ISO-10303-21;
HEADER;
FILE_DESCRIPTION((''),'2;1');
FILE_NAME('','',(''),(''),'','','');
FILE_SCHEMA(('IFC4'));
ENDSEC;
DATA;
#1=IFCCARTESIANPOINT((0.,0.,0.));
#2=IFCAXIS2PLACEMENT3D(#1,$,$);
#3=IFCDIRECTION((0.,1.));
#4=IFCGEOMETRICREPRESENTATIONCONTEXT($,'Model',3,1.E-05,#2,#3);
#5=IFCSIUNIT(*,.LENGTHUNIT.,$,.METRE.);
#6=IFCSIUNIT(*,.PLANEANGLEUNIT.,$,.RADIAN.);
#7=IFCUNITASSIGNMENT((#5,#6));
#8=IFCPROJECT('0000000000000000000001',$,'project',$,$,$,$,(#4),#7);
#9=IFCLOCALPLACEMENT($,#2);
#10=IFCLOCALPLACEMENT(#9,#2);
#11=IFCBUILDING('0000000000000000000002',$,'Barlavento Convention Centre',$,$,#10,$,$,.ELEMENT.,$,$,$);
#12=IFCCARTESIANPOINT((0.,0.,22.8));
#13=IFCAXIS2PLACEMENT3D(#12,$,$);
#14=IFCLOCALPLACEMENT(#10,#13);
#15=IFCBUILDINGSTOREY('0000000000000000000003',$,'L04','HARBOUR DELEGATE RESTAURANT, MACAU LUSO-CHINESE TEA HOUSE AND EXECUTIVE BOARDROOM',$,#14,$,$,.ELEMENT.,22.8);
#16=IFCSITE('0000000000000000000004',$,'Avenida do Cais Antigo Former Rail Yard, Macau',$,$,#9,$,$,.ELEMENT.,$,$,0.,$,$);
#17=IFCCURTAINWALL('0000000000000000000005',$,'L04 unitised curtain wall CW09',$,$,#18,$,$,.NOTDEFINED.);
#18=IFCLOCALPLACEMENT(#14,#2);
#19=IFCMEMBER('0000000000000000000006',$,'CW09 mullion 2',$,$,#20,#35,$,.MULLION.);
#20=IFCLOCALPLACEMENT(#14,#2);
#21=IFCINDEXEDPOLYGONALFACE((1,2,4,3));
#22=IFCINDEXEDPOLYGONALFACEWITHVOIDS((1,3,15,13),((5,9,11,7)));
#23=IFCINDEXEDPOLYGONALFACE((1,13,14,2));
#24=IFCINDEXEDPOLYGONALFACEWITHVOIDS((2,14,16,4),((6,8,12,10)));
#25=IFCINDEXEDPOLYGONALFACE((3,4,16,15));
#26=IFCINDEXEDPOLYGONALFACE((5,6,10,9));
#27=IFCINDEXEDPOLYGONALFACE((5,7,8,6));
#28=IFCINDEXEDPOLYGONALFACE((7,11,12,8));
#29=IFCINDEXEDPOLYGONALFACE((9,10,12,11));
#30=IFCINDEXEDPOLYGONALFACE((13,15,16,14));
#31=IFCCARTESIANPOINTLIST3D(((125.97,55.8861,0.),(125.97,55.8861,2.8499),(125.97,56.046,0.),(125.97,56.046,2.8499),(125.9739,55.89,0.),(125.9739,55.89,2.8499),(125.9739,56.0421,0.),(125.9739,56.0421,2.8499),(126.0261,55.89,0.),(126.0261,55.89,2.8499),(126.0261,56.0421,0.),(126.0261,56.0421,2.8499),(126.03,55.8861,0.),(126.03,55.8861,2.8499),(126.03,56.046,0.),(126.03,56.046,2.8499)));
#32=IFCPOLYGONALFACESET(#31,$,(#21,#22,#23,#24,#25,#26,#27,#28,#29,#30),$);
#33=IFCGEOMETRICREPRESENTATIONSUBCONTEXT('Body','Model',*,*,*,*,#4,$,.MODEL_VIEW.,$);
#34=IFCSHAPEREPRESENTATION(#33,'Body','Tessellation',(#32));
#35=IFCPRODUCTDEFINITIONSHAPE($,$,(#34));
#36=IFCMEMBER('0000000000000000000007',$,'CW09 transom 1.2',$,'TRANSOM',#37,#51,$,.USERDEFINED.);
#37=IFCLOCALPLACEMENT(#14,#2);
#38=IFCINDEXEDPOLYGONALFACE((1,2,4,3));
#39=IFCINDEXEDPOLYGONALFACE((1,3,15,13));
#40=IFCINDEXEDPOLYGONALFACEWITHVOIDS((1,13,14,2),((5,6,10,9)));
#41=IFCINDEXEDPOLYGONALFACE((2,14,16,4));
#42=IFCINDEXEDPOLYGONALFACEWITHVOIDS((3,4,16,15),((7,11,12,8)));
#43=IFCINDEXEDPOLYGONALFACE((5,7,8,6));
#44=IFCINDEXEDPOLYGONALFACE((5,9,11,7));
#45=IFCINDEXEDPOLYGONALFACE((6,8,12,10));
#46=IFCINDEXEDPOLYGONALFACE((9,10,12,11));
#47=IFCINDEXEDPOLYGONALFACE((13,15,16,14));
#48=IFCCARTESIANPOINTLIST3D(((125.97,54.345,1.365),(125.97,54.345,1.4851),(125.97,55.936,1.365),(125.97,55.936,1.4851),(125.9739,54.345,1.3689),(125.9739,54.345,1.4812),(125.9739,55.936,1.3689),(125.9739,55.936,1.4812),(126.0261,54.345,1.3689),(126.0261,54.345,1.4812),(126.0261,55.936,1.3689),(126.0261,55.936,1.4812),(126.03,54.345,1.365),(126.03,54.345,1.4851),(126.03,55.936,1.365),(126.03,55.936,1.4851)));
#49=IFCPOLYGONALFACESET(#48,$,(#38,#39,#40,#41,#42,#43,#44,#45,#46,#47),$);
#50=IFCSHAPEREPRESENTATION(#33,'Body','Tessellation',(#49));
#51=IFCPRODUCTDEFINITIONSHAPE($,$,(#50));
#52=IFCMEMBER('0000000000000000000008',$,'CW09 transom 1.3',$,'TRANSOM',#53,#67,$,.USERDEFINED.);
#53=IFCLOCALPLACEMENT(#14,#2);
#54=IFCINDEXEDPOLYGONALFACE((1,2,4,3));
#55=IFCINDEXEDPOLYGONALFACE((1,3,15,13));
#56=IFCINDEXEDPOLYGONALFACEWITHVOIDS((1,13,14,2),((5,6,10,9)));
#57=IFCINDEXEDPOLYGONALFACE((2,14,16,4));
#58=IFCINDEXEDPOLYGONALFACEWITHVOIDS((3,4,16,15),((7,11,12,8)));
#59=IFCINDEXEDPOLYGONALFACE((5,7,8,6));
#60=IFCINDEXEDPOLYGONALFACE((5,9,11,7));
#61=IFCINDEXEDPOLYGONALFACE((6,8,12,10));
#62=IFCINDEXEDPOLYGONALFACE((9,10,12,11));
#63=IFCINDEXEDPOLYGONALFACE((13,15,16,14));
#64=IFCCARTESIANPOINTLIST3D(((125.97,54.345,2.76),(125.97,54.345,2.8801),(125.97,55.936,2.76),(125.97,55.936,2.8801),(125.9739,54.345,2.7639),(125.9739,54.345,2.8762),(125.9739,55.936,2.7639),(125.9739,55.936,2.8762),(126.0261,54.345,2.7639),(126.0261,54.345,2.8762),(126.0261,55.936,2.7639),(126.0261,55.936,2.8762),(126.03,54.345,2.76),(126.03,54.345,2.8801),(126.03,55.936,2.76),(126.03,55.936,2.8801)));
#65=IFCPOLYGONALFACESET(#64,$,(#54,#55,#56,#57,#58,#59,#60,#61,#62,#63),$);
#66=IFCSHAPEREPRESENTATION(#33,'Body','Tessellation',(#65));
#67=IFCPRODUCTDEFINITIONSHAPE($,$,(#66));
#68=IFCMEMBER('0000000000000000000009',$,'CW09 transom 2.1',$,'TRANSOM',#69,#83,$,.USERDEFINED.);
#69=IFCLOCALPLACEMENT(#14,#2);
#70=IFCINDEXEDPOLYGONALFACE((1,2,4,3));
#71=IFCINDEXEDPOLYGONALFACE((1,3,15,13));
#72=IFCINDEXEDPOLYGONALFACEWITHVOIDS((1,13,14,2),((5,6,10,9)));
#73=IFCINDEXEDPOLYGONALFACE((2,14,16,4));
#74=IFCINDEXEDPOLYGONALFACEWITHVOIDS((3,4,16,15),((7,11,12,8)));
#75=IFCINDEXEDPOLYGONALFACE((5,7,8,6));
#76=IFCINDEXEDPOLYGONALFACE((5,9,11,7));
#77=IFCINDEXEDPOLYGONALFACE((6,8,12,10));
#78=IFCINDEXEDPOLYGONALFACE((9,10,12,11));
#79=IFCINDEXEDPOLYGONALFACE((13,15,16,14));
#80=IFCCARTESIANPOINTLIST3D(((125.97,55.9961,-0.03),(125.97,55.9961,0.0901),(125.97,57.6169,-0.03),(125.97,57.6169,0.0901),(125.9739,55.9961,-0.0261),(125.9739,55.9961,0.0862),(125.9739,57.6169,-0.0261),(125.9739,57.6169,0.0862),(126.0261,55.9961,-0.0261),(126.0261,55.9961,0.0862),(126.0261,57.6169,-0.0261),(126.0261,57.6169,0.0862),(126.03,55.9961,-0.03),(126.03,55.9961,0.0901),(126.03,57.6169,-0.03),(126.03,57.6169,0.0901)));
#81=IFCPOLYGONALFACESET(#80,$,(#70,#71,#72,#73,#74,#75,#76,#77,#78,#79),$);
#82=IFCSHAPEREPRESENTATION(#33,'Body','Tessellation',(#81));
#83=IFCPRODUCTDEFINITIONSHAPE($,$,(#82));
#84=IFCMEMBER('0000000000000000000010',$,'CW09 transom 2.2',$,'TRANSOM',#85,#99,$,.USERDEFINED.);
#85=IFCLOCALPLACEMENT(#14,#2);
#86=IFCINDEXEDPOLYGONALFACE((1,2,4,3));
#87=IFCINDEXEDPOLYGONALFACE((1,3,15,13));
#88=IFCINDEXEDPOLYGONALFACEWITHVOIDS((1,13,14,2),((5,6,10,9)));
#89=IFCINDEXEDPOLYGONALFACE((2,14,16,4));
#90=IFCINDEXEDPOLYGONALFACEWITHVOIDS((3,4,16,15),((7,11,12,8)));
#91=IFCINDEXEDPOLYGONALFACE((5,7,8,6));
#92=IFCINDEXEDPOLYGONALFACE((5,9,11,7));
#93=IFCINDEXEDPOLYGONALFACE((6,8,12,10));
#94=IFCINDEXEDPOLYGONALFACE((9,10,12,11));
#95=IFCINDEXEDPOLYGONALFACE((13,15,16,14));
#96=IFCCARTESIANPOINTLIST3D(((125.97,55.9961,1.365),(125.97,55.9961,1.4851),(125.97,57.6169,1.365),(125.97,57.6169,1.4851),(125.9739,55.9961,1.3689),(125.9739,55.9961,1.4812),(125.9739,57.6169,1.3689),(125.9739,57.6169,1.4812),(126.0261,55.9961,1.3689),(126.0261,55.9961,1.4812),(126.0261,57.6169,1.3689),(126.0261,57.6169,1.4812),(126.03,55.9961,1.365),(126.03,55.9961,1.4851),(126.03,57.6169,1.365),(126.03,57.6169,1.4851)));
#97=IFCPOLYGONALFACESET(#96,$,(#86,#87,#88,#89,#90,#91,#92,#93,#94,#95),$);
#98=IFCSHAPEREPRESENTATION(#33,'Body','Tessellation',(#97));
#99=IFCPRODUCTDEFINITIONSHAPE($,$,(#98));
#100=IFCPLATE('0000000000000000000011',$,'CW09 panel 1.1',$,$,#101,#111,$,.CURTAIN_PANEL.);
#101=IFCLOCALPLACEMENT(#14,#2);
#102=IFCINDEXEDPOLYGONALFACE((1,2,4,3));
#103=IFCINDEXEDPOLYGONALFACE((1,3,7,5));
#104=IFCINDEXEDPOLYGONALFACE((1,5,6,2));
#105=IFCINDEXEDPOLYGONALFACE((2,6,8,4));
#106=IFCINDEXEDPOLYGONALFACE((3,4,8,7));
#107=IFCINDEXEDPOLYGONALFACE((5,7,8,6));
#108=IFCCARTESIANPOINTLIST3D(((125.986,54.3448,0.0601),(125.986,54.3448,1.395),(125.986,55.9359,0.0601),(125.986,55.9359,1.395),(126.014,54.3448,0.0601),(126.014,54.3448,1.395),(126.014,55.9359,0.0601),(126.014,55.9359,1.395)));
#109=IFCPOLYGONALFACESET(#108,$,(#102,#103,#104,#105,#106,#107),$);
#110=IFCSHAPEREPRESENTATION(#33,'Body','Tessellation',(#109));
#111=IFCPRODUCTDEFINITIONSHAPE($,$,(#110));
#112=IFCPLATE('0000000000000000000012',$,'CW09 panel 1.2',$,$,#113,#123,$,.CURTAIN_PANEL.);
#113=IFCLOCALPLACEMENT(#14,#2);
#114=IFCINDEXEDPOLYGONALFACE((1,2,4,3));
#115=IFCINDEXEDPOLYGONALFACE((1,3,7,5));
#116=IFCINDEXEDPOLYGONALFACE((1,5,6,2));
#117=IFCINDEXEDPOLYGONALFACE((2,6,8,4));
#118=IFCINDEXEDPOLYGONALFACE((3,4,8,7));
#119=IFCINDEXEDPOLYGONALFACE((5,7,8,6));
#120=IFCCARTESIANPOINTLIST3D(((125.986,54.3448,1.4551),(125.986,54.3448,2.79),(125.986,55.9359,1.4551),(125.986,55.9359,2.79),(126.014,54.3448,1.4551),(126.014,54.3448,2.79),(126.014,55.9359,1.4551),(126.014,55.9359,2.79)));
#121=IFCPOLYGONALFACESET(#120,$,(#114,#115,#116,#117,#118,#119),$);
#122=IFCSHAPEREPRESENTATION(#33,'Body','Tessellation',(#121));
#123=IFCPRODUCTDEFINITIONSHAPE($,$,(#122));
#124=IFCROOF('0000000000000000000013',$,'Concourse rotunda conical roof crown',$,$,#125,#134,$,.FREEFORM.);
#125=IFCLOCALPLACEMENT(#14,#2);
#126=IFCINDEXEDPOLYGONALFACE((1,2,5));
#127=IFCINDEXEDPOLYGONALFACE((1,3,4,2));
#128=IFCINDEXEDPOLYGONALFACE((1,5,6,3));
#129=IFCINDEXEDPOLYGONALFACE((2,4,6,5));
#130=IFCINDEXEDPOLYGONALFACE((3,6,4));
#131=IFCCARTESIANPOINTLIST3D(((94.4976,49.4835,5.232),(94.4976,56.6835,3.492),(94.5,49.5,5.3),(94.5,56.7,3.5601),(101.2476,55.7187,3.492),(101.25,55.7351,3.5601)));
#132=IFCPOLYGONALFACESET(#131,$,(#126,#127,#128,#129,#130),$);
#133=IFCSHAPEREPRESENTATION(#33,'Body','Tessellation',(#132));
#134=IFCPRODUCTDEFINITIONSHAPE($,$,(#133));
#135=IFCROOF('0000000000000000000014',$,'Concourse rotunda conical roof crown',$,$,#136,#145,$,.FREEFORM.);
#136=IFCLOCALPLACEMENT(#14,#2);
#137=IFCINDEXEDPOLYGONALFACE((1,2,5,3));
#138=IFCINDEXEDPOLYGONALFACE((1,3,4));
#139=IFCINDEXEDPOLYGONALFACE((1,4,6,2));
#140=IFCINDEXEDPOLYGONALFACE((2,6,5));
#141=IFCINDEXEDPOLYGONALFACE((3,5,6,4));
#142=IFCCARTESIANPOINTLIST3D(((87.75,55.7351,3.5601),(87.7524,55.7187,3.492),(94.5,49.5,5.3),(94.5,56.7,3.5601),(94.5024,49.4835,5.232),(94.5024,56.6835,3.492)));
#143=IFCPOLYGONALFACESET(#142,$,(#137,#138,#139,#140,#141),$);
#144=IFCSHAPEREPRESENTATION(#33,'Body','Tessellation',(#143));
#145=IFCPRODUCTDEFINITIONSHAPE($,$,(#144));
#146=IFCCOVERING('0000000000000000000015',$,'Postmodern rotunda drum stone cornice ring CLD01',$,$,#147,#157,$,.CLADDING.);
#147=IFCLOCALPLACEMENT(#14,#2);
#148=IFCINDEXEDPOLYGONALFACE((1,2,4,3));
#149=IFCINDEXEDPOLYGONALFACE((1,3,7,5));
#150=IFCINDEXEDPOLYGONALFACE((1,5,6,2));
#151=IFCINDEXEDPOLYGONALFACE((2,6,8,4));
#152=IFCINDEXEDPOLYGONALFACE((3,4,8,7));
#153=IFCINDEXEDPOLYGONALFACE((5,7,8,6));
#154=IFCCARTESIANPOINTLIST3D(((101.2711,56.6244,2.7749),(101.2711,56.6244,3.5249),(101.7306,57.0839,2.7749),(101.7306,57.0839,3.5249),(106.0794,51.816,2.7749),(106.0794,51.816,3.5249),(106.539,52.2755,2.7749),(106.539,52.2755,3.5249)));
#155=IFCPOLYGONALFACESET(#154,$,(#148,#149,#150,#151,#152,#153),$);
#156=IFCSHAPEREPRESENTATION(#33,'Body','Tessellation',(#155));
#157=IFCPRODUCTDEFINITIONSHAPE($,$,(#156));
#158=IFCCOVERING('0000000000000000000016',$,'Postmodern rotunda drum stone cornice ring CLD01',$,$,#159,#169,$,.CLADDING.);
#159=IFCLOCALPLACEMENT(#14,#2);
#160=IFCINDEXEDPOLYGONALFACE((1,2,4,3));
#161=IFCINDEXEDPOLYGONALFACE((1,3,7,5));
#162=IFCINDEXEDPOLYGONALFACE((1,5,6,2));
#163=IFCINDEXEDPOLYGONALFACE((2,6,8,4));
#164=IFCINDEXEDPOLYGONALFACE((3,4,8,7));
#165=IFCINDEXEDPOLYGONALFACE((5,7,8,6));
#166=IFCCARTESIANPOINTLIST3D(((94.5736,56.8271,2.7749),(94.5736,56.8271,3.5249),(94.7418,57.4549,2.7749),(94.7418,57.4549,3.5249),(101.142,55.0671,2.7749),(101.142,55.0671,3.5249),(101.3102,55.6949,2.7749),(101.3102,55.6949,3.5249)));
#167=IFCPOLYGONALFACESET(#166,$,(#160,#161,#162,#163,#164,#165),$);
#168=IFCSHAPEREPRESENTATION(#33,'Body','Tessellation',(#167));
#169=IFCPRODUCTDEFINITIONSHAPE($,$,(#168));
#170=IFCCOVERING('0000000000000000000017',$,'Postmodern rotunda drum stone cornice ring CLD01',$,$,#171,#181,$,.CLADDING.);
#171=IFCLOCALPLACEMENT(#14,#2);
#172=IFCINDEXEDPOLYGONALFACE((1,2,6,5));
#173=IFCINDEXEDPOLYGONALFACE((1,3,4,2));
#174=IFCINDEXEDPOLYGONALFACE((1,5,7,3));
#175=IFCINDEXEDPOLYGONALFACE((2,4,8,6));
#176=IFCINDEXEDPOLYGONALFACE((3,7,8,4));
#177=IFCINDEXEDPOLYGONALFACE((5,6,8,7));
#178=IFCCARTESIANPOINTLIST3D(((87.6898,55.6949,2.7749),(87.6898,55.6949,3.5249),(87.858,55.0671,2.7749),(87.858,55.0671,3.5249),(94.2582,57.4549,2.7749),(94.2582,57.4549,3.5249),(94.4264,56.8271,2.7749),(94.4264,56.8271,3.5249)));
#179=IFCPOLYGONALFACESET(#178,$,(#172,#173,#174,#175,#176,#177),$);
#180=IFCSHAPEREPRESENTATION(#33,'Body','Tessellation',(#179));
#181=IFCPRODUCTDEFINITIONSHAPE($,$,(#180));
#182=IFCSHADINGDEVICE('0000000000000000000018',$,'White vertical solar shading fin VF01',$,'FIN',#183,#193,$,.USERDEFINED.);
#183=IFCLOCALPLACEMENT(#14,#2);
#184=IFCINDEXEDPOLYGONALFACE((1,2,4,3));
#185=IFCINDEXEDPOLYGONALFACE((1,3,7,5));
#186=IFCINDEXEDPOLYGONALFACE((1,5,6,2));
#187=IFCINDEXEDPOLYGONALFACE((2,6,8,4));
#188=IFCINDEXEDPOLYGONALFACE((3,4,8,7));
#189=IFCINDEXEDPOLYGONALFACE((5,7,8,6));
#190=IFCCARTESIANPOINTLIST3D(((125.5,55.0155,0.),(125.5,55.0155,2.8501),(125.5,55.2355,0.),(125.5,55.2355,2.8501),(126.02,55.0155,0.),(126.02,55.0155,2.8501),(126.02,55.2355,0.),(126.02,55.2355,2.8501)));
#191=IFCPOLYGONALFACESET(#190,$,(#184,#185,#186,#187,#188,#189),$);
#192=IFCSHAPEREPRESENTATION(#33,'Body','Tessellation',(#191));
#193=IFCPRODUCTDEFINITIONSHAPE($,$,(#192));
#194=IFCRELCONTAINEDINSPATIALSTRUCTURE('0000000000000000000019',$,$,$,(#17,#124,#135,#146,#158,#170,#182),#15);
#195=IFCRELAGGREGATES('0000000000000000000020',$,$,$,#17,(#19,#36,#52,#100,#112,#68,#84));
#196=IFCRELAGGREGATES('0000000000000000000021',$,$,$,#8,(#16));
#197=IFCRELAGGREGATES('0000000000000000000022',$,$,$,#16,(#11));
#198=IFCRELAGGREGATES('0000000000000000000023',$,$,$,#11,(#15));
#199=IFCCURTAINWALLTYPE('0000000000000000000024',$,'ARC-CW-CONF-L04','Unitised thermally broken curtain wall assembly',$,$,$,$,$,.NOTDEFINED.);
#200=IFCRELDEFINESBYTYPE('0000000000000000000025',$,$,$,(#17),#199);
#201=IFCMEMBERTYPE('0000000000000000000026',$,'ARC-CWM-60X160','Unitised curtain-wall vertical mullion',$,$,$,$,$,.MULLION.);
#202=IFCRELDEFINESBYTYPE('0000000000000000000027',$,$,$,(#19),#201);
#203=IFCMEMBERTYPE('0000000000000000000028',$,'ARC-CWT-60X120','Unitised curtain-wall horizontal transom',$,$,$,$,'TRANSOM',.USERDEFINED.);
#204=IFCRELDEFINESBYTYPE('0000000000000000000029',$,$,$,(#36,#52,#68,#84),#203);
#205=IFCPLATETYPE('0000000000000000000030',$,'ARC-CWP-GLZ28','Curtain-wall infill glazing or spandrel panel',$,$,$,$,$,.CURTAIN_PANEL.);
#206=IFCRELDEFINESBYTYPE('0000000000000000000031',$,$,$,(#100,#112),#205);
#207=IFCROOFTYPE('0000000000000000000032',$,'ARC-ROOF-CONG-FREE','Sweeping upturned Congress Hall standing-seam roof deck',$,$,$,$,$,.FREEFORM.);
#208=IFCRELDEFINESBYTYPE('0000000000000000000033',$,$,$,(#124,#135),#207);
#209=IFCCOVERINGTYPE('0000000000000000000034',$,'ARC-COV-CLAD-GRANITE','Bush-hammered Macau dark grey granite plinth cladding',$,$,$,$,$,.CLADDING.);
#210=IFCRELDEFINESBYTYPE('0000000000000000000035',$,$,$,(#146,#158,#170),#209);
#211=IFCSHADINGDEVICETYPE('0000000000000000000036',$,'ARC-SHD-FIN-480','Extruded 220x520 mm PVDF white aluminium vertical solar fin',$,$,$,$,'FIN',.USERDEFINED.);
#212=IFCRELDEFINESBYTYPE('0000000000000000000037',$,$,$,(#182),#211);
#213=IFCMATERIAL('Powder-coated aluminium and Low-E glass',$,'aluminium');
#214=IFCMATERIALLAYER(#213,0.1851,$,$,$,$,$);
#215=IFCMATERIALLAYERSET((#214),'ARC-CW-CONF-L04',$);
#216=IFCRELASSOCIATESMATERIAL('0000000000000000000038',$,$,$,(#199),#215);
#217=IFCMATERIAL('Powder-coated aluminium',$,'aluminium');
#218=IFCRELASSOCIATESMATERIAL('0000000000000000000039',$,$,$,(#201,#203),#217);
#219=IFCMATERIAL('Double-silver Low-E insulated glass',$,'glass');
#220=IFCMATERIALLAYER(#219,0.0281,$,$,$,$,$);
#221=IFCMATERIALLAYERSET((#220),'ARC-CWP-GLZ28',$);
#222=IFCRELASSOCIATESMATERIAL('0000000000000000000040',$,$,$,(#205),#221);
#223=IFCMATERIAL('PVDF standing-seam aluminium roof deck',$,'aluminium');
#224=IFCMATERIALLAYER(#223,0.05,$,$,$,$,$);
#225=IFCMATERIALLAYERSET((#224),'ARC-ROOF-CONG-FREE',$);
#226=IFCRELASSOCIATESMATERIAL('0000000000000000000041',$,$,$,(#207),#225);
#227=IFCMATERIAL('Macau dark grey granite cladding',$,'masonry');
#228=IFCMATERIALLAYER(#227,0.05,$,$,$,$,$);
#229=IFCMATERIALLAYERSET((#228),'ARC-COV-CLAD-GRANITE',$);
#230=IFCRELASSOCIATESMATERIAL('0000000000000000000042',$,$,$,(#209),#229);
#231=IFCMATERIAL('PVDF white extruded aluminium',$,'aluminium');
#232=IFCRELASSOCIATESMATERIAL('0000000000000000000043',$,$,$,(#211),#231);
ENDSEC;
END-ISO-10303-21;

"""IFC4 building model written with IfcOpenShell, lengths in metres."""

from ifc_helpers import new_model, si_unit, direction, frame, origin, origin_2d, place, context, subcontext, project, spatial, polyline, rectangle, hollow_rectangle, outline, extrude, material, layer, layer_set, material_profile, profile_set, type_object, element, aggregate, save


model = new_model("IFC4")

# Units and contexts
model_context = context("Model", 3, precision=1e-05, world=origin(), true_north=direction((0.0, 1.0)))
body_context = subcontext(model_context, "Body", "Model", "MODEL_VIEW")
ifc_project = project(units=[si_unit("LENGTHUNIT", "METRE"), si_unit("PLANEANGLEUNIT", "RADIAN")], contexts=[model_context])

# Site, building, storey
site_placement = place(None, origin())
site = spatial("IfcSite", under=ifc_project, at=site_placement, Name="Avenida do Cais Antigo Former Rail Yard, Macau", CompositionType="ELEMENT", RefElevation=0.0)
building_placement = place(site_placement, origin())
building = spatial("IfcBuilding", under=site, at=building_placement, Name="Barlavento Convention Centre", CompositionType="ELEMENT")
storey_placement = place(building_placement, frame((0.0, 0.0, 22.8)))
storey = spatial("IfcBuildingStorey", under=building, at=storey_placement, Name="L04", Description="HARBOUR DELEGATE RESTAURANT, MACAU LUSO-CHINESE TEA HOUSE AND EXECUTIVE BOARDROOM", CompositionType="ELEMENT", Elevation=22.8)

# Curtain wall, members, plates
ifc_material_1 = material(Name="Powder-coated aluminium and Low-E glass", Category="aluminium")
ifc_layer_1 = layer(ifc_material_1, 0.1851)
ifc_layer_set_1 = layer_set([ifc_layer_1], Name="ARC-CW-CONF-L04")
curtain_wall_type = type_object("IfcCurtainWallType", Name="ARC-CW-CONF-L04", Description="Unitised thermally broken curtain wall assembly", PredefinedType="NOTDEFINED", material=ifc_layer_set_1)
curtain_wall_placement = place(storey_placement, origin())
curtain_wall = element("IfcCurtainWall", 1, at=curtain_wall_placement, inside=storey, type_object=curtain_wall_type, Name="L04 unitised curtain wall CW09", PredefinedType="NOTDEFINED")
ifc_material_2 = material(Name="Powder-coated aluminium", Category="aluminium")
ifc_material_profile_1 = material_profile(ifc_material_2, hollow_rectangle(XDim=0.0601, YDim=0.1599, WallThickness=0.0039, at=origin_2d()), Name="AL-MULL 60x160x4")
ifc_profile_set_1 = profile_set([ifc_material_profile_1], Name="Powder-coated aluminium")
member_type_1 = type_object("IfcMemberType", Name="ARC-CWM-60X160", Description="Unitised curtain-wall vertical mullion", PredefinedType="MULLION", material=ifc_profile_set_1)
member_1_placement = place(storey_placement, frame((126.0, 55.9661, 0.0), z_axis=(0.0, 0.0, 1.0), x_axis=(-1.0, 0.0, 0.0)))
member_1 = element("IfcMember", 2, at=member_1_placement, type_object=member_type_1, Name="CW09 mullion 2", PredefinedType="MULLION", context=body_context, shape_type="SweptSolid", body=[
    extrude(hollow_rectangle(XDim=0.0601, YDim=0.1599, WallThickness=0.0039, at=origin_2d()), origin(), (0.0, 0.0, 1.0), 2.8499),
])
ifc_material_profile_2 = material_profile(ifc_material_2, hollow_rectangle(XDim=0.0601, YDim=0.1201, WallThickness=0.0039, at=origin_2d()), Name="AL-TRAN 60x120x4")
ifc_profile_set_2 = profile_set([ifc_material_profile_2], Name="Powder-coated aluminium")
member_type_2 = type_object("IfcMemberType", Name="ARC-CWT-60X120", Description="Unitised curtain-wall horizontal transom", ElementType="TRANSOM", PredefinedType="USERDEFINED", material=ifc_profile_set_2)
member_2_placement = place(storey_placement, frame((126.0, 54.345, 1.425), z_axis=(0.0, 1.0, 0.0), x_axis=(-1.0, 0.0, 0.0)))
member_2 = element("IfcMember", 3, at=member_2_placement, type_object=member_type_2, Name="CW09 transom 1.2", ObjectType="TRANSOM", PredefinedType="USERDEFINED", context=body_context, shape_type="SweptSolid", body=[
    extrude(hollow_rectangle(XDim=0.0601, YDim=0.1201, WallThickness=0.0039, at=origin_2d()), origin(), (0.0, 0.0, 1.0), 1.5911),
])
member_3_placement = place(storey_placement, frame((126.0, 54.345, 2.8201), z_axis=(0.0, 1.0, 0.0), x_axis=(-1.0, 0.0, 0.0)))
member_3 = element("IfcMember", 4, at=member_3_placement, type_object=member_type_2, Name="CW09 transom 1.3", ObjectType="TRANSOM", PredefinedType="USERDEFINED", context=body_context, shape_type="SweptSolid", body=[
    extrude(hollow_rectangle(XDim=0.0601, YDim=0.1201, WallThickness=0.0039, at=origin_2d()), origin(), (0.0, 0.0, 1.0), 1.5911),
])
member_4_placement = place(storey_placement, frame((126.0, 55.9961, 0.03), z_axis=(0.0, 1.0, 0.0), x_axis=(-1.0, 0.0, 0.0)))
member_4 = element("IfcMember", 5, at=member_4_placement, type_object=member_type_2, Name="CW09 transom 2.1", ObjectType="TRANSOM", PredefinedType="USERDEFINED", context=body_context, shape_type="SweptSolid", body=[
    extrude(hollow_rectangle(XDim=0.0601, YDim=0.1201, WallThickness=0.0039, at=origin_2d()), origin(), (0.0, 0.0, 1.0), 1.6208),
])
member_5_placement = place(storey_placement, frame((126.0, 55.9961, 1.425), z_axis=(0.0, 1.0, 0.0), x_axis=(-1.0, 0.0, 0.0)))
member_5 = element("IfcMember", 6, at=member_5_placement, type_object=member_type_2, Name="CW09 transom 2.2", ObjectType="TRANSOM", PredefinedType="USERDEFINED", context=body_context, shape_type="SweptSolid", body=[
    extrude(hollow_rectangle(XDim=0.0601, YDim=0.1201, WallThickness=0.0039, at=origin_2d()), origin(), (0.0, 0.0, 1.0), 1.6208),
])
ifc_material_3 = material(Name="Double-silver Low-E insulated glass", Category="glass")
ifc_layer_2 = layer(ifc_material_3, 0.0281)
ifc_layer_set_2 = layer_set([ifc_layer_2], Name="ARC-CWP-GLZ28")
plate_type = type_object("IfcPlateType", Name="ARC-CWP-GLZ28", Description="Curtain-wall infill glazing or spandrel panel", PredefinedType="CURTAIN_PANEL", material=ifc_layer_set_2)
plate_1_placement = place(storey_placement, frame((126.0, 55.1404, 0.0601), z_axis=(0.0, 0.0, 1.0), x_axis=(0.0, 1.0, 0.0)))
plate_1 = element("IfcPlate", 7, at=plate_1_placement, type_object=plate_type, Name="CW09 panel 1.1", PredefinedType="CURTAIN_PANEL", context=body_context, shape_type="SweptSolid", body=[
    extrude(rectangle(XDim=1.5911, YDim=0.0281, at=origin_2d()), origin(), (0.0, 0.0, 1.0), 1.335),
])
plate_2_placement = place(storey_placement, frame((126.0, 55.1404, 1.4551), z_axis=(0.0, 0.0, 1.0), x_axis=(0.0, 1.0, 0.0)))
plate_2 = element("IfcPlate", 8, at=plate_2_placement, type_object=plate_type, Name="CW09 panel 1.2", PredefinedType="CURTAIN_PANEL", context=body_context, shape_type="SweptSolid", body=[
    extrude(rectangle(XDim=1.5911, YDim=0.0281, at=origin_2d()), origin(), (0.0, 0.0, 1.0), 1.335),
])
aggregate(curtain_wall, [member_1, member_2, member_3, plate_1, plate_2, member_4, member_5])

# Roofs
ifc_material_4 = material(Name="PVDF standing-seam aluminium roof deck", Category="aluminium")
ifc_layer_3 = layer(ifc_material_4, 0.05)
ifc_layer_set_3 = layer_set([ifc_layer_3], Name="ARC-ROOF-CONG-FREE")
roof_type = type_object("IfcRoofType", Name="ARC-ROOF-CONG-FREE", Description="Sweeping upturned Congress Hall standing-seam roof deck", PredefinedType="FREEFORM", material=ifc_layer_set_3)
roof_1_placement = place(storey_placement, frame((101.25, 55.7351, 3.5601), z_axis=(0.033558, 0.234772, 0.971471), x_axis=(-0.989938, 0.141502, 0.0)))
element("IfcRoof", 9, at=roof_1_placement, inside=storey, type_object=roof_type, Name="Concourse rotunda conical roof crown", PredefinedType="FREEFORM", context=body_context, shape_type="SweptSolid", body=[
    extrude(outline(polyline([(0.0, 0.0), (6.8186, 0.0), (5.7998, 7.3368), (0.0, 0.0)])), origin(), (0.0, 0.0, -1.0), 0.0701),
])
roof_2_placement = place(storey_placement, frame((94.5, 56.7, 3.5601), z_axis=(-0.033558, 0.234772, 0.971471), x_axis=(-0.989938, -0.141502, 0.0)))
element("IfcRoof", 10, at=roof_2_placement, inside=storey, type_object=roof_type, Name="Concourse rotunda conical roof crown", PredefinedType="FREEFORM", context=body_context, shape_type="SweptSolid", body=[
    extrude(outline(polyline([(0.0, 0.0), (6.8186, 0.0), (1.0188, 7.3368), (0.0, 0.0)])), origin(), (0.0, 0.0, -1.0), 0.0701),
])

# Coverings
ifc_material_5 = material(Name="Macau dark grey granite cladding", Category="masonry")
ifc_layer_4 = layer(ifc_material_5, 0.05)
ifc_layer_set_4 = layer_set([ifc_layer_4], Name="ARC-COV-CLAD-GRANITE")
covering_type = type_object("IfcCoveringType", Name="ARC-COV-CLAD-GRANITE", Description="Bush-hammered Macau dark grey granite plinth cladding", PredefinedType="CLADDING", material=ifc_layer_set_4)
for number, where, z_axis, x_axis, name in (
    (11, (103.905, 54.45, 2.7749), (0.0, 0.0, 1.0), (-0.707107, 0.707107, 0.0), "Postmodern rotunda drum stone cornice ring CLD01"),
    (12, (97.9419, 56.261, 2.7749), (0.0, 0.0, 1.0), (-0.965926, 0.258819, 0.0), "Postmodern rotunda drum stone cornice ring CLD01"),
    (13, (91.0581, 56.261, 2.7749), (0.0, 0.0, 1.0), (-0.965926, -0.258819, 0.0), "Postmodern rotunda drum stone cornice ring CLD01"),
):
    element("IfcCovering", number, at=place(storey_placement, frame(where, z_axis=z_axis, x_axis=x_axis)), inside=storey, type_object=covering_type, Name=name, PredefinedType="CLADDING", context=body_context, shape_type="SweptSolid", body=[
        extrude(rectangle(XDim=6.8, YDim=0.6499, at=origin_2d()), origin(), (0.0, 0.0, 1.0), 0.75),
    ])

# Shading device
ifc_material_6 = material(Name="PVDF white extruded aluminium", Category="aluminium")
shading_device_type = type_object("IfcShadingDeviceType", Name="ARC-SHD-FIN-480", Description="Extruded 220x520 mm PVDF white aluminium vertical solar fin", ElementType="FIN", PredefinedType="USERDEFINED", material=ifc_material_6)
for number, where, z_axis, x_axis, name in (
    (14, (125.76, 55.1255, 0.0), (0.0, 0.0, 1.0), (0.0, 1.0, 0.0), "White vertical solar shading fin VF01"),
):
    element("IfcShadingDevice", number, at=place(storey_placement, frame(where, z_axis=z_axis, x_axis=x_axis)), inside=storey, type_object=shading_device_type, Name=name, ObjectType="FIN", PredefinedType="USERDEFINED", context=body_context, shape_type="SweptSolid", body=[
        extrude(rectangle(XDim=0.22, YDim=0.52, at=origin_2d()), origin(), (0.0, 0.0, 1.0), 2.8501),
    ])

save(model, "model.ifc")
